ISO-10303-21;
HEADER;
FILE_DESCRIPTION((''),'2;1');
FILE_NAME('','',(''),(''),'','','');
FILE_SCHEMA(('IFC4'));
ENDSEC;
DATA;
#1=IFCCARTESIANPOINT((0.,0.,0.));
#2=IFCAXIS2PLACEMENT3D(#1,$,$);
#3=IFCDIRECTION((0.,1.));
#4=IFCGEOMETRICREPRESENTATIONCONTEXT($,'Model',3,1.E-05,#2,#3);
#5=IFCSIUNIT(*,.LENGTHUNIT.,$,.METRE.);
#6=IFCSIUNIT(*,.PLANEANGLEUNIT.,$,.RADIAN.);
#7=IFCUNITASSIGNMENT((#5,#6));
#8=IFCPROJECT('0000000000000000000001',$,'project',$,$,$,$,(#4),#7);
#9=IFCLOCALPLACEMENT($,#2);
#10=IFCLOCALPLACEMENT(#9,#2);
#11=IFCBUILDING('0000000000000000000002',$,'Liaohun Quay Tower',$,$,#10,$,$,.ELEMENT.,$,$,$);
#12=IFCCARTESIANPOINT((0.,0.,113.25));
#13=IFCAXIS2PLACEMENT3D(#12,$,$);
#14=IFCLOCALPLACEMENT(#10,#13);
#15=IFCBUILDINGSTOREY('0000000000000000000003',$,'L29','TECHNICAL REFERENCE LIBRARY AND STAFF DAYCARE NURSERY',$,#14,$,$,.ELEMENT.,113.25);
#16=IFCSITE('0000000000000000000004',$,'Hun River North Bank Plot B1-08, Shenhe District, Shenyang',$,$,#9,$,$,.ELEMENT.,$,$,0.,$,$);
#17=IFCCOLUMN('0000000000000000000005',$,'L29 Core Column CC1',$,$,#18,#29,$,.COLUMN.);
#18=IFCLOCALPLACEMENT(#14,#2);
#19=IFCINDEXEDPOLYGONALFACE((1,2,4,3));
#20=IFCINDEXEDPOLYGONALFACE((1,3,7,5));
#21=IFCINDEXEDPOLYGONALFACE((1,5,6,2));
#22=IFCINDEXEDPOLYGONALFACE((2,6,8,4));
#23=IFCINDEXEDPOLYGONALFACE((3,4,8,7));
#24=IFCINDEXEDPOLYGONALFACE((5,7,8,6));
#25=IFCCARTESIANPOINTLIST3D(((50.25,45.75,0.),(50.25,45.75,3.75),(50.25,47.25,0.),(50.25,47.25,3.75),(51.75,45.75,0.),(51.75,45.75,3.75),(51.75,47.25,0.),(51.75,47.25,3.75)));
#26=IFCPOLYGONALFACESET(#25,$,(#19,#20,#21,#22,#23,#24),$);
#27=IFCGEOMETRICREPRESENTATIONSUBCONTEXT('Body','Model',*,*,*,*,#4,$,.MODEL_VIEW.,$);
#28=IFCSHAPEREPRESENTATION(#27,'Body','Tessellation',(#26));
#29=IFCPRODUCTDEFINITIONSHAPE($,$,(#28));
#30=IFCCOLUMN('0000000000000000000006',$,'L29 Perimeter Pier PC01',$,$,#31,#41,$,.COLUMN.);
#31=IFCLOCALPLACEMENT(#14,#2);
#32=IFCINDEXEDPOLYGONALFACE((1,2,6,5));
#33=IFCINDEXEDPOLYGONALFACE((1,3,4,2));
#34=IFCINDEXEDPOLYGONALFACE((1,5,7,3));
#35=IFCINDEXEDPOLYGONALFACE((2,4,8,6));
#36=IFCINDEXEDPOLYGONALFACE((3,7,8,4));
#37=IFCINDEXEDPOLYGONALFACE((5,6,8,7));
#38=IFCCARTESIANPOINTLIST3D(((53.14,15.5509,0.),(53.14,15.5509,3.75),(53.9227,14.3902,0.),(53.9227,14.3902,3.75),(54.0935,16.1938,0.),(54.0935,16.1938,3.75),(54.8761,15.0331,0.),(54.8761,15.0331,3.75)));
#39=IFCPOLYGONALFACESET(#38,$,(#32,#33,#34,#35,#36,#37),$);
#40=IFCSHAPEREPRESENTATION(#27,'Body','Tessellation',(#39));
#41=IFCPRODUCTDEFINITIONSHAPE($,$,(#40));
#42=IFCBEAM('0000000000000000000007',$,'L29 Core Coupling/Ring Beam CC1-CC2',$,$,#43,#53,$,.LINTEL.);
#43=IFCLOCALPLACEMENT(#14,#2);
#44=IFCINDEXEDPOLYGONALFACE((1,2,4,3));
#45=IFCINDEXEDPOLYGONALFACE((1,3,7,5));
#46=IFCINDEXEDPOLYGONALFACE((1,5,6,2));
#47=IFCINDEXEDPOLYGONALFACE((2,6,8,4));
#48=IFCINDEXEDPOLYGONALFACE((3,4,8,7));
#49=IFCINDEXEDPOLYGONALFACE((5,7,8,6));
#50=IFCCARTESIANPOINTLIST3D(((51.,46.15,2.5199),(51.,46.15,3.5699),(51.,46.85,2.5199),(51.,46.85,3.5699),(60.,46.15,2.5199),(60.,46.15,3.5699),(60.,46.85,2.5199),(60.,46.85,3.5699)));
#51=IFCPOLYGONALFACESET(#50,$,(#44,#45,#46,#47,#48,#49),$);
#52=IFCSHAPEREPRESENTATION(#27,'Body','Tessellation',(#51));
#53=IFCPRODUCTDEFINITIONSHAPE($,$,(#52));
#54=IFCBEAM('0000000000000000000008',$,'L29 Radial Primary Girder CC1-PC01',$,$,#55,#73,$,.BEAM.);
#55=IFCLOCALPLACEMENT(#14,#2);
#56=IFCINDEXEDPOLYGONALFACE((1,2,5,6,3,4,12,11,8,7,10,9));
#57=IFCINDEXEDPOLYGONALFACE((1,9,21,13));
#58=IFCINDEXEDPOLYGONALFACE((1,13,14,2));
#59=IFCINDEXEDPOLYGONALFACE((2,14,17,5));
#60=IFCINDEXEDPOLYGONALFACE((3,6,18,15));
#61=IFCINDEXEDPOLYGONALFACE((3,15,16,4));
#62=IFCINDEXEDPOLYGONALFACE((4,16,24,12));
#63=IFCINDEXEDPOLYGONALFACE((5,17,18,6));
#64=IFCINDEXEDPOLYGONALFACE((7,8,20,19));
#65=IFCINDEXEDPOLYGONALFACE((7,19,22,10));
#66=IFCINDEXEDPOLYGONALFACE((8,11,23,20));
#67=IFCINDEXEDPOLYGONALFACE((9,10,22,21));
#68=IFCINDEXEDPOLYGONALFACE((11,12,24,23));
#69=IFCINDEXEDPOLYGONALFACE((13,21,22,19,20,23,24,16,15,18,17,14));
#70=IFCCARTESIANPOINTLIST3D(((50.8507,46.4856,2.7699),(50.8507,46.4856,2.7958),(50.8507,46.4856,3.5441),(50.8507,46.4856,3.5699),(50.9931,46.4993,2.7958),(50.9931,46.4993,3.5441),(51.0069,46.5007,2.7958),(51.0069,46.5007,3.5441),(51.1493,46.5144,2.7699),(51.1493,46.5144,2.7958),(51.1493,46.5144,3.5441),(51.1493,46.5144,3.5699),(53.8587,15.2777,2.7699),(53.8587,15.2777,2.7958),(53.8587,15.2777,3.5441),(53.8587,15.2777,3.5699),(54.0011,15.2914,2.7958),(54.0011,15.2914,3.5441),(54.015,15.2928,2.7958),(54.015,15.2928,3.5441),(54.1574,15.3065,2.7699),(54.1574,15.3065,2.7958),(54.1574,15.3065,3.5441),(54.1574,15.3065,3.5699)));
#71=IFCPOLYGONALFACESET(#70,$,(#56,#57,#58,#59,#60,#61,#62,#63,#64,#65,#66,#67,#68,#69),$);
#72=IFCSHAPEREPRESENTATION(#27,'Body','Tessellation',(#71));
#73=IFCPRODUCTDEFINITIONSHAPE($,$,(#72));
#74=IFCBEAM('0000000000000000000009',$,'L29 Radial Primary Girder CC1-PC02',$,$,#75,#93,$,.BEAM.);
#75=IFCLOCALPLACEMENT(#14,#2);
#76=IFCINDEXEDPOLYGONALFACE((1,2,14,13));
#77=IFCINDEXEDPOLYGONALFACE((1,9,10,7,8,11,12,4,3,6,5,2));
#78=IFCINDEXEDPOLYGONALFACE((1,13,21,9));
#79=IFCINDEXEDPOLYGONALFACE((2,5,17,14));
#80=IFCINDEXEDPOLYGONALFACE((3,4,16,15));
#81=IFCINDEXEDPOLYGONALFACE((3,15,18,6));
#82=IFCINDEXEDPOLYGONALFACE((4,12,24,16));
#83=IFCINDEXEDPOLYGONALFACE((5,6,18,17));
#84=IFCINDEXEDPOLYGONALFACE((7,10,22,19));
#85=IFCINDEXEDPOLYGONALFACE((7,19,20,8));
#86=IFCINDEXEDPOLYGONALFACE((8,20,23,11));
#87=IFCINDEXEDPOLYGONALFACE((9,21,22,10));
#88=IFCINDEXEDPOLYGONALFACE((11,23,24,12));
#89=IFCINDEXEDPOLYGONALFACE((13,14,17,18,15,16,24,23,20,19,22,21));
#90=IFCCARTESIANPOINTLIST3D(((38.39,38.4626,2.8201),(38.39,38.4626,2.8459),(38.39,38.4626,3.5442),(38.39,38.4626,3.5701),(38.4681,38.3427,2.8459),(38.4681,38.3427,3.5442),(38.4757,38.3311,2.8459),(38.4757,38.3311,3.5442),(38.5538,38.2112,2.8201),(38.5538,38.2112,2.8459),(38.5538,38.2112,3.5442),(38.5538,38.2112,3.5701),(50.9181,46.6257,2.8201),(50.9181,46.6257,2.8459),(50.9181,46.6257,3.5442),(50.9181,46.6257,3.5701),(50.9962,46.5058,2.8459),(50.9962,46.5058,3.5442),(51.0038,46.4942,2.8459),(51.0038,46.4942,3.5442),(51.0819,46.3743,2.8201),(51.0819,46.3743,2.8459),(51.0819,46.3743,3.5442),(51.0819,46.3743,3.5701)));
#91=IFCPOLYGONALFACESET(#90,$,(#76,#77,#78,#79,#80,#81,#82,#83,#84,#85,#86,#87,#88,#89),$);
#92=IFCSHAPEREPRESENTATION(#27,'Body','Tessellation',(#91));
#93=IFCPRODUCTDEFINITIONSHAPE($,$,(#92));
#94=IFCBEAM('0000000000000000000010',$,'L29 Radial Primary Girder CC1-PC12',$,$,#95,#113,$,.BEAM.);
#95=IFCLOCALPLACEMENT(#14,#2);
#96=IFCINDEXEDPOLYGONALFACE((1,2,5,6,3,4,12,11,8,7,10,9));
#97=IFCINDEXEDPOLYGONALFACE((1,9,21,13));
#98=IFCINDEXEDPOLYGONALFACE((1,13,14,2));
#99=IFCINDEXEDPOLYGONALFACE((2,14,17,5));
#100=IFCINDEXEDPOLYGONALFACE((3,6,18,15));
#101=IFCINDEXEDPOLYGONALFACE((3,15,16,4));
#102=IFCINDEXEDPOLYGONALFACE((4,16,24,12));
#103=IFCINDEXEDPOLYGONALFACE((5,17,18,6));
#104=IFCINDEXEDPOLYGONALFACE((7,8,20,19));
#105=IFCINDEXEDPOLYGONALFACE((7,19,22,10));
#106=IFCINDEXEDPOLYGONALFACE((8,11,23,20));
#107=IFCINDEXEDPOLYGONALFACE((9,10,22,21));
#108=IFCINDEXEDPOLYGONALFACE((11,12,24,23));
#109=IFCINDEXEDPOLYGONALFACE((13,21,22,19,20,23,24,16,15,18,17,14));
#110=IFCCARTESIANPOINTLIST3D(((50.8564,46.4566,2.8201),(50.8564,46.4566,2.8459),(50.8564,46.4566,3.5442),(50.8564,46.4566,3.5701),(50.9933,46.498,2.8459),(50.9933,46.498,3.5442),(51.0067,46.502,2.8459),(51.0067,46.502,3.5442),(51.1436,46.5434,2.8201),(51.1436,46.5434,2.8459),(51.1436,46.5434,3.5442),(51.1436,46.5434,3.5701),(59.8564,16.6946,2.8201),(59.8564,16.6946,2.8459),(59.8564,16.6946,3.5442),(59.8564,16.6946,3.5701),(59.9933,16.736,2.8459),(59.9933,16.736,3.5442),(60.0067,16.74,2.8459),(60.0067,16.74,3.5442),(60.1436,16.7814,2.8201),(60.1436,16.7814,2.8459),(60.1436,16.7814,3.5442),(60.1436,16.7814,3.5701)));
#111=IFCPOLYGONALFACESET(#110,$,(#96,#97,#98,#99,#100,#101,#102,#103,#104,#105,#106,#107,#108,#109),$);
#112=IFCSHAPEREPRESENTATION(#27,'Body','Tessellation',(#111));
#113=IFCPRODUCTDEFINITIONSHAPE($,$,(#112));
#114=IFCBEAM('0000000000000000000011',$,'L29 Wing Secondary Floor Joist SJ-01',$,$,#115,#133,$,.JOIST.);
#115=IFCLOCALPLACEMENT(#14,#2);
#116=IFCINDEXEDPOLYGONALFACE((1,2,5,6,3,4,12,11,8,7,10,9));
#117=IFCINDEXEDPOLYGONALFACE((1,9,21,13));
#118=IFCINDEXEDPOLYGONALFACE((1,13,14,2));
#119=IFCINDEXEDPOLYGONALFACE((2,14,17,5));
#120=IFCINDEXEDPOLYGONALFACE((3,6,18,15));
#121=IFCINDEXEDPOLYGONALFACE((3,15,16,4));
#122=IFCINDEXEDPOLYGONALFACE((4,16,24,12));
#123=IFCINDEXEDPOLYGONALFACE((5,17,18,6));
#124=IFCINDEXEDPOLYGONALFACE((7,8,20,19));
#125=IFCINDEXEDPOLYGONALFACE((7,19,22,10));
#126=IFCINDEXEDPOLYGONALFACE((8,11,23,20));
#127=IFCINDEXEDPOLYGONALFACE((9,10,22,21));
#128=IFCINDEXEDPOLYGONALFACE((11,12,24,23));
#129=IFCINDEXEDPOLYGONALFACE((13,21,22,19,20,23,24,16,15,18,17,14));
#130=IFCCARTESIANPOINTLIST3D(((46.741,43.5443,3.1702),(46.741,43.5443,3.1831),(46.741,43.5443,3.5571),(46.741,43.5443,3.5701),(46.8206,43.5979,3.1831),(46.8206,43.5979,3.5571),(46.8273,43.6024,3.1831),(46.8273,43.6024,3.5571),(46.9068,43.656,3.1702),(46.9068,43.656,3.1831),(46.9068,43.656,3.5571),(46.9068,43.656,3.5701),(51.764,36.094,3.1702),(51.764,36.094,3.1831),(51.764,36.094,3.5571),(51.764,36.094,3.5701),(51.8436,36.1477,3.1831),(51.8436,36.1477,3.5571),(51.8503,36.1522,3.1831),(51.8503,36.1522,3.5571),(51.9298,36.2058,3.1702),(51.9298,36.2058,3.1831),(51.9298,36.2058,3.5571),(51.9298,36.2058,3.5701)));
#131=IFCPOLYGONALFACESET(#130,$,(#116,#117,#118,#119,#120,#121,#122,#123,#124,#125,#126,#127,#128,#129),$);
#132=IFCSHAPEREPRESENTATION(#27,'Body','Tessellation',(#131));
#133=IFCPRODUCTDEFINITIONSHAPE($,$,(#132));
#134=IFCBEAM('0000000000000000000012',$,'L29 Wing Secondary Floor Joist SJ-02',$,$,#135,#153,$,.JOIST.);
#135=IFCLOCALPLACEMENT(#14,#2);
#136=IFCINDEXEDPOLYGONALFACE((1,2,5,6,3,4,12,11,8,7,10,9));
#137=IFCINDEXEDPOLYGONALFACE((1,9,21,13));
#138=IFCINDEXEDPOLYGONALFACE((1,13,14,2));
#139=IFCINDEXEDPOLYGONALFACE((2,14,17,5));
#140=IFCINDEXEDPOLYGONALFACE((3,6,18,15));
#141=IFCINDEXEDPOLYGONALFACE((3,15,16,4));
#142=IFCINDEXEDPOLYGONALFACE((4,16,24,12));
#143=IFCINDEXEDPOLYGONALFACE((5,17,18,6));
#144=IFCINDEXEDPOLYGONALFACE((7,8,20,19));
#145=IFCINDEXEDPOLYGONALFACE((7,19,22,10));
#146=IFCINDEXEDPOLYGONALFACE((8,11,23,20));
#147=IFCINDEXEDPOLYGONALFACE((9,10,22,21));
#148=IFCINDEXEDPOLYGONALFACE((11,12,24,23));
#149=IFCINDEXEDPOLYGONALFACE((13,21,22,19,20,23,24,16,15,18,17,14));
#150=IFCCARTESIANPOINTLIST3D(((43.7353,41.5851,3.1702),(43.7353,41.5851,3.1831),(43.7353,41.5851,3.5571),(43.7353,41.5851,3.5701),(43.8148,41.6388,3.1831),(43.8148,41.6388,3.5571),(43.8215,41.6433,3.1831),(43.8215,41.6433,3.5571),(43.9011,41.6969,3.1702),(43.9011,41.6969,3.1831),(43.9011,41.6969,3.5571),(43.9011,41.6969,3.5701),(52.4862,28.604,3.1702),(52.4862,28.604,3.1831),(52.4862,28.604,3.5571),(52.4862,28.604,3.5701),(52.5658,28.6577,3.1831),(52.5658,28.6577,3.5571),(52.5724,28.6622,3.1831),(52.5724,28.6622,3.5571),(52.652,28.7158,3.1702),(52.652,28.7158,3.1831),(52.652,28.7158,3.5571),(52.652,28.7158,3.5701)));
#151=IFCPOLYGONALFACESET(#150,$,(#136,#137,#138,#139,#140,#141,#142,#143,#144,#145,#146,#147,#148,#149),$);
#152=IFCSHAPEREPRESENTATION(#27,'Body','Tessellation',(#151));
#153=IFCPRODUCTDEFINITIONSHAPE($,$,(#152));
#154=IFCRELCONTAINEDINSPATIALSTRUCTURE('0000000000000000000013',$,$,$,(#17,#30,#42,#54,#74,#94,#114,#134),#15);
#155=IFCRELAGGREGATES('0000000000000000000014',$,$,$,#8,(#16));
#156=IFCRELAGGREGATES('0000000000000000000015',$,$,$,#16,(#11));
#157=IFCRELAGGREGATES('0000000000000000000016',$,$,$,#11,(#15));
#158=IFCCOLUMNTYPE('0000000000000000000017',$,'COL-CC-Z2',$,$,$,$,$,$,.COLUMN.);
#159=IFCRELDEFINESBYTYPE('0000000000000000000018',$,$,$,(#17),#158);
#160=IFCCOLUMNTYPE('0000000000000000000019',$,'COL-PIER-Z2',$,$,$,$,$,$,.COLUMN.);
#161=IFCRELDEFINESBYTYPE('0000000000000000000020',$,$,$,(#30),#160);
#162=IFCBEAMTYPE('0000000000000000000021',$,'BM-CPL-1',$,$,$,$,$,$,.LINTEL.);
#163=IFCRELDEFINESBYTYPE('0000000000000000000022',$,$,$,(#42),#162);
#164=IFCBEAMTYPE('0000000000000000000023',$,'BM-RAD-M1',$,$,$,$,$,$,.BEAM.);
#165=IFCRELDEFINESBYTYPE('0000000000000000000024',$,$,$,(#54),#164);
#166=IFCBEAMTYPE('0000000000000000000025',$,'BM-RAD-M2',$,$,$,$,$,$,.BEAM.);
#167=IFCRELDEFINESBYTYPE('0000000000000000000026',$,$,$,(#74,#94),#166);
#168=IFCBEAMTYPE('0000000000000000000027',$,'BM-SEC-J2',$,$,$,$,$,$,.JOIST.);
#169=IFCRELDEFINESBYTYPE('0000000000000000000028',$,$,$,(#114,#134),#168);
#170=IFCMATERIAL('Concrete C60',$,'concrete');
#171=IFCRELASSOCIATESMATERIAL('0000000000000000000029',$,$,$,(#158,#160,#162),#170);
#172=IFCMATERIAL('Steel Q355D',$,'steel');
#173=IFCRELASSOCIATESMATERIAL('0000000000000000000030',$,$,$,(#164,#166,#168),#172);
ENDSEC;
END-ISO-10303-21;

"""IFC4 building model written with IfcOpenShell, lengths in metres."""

from ifc_helpers import new_model, si_unit, direction, frame, origin, origin_2d, place, context, subcontext, project, spatial, rectangle, i_section, extrude, source, transform, mapped, material, material_profile, profile_set, type_object, element, save


model = new_model("IFC4")

# Units and contexts
model_context = context("Model", 3, precision=1e-05, world=origin(), true_north=direction((0.0, 1.0)))
body_context = subcontext(model_context, "Body", "Model", "MODEL_VIEW")
ifc_project = project(units=[si_unit("LENGTHUNIT", "METRE"), si_unit("PLANEANGLEUNIT", "RADIAN")], contexts=[model_context])

# Site, building, storey
site_placement = place(None, origin())
site = spatial("IfcSite", under=ifc_project, at=site_placement, Name="Hun River North Bank Plot B1-08, Shenhe District, Shenyang", CompositionType="ELEMENT", RefElevation=0.0)
building_placement = place(site_placement, origin())
building = spatial("IfcBuilding", under=site, at=building_placement, Name="Liaohun Quay Tower", CompositionType="ELEMENT")
storey_placement = place(building_placement, frame((0.0, 0.0, 113.25)))
storey = spatial("IfcBuildingStorey", under=building, at=storey_placement, Name="L29", Description="TECHNICAL REFERENCE LIBRARY AND STAFF DAYCARE NURSERY", CompositionType="ELEMENT", Elevation=113.25)

# Columns
ifc_material_1 = material(Name="Concrete C60", Category="concrete")
ifc_material_profile_1 = material_profile(ifc_material_1, rectangle(XDim=1.5, YDim=1.5, at=origin_2d()), Name="RC1500x1500")
ifc_profile_set_1 = profile_set([ifc_material_profile_1], Name="Concrete C60")
column_type_1 = type_object("IfcColumnType", Name="COL-CC-Z2", PredefinedType="COLUMN", material=ifc_profile_set_1)
shared_shape_1 = source(origin(), body_context, "Body", "SweptSolid", [
    extrude(rectangle(XDim=1.5, YDim=1.5, at=origin_2d()), origin(), (0.0, 0.0, 1.0), 3.75),
])
column_1_placement = place(storey_placement, frame((51.0, 46.5, 0.0), z_axis=(0.0, 0.0, 1.0), x_axis=(1.0, 0.0, 0.0)))
element("IfcColumn", 1, at=column_1_placement, inside=storey, type_object=column_type_1, Name="L29 Core Column CC1", PredefinedType="COLUMN", context=body_context, shape_type="MappedRepresentation", body=[
    mapped(shared_shape_1, transform((0.0, 0.0, 0.0), x_axis=(1.0, 0.0, 0.0), y_axis=(0.0, 1.0, 0.0), z_axis=(0.0, 0.0, 1.0), scale=1.0)),
])
ifc_material_profile_2 = material_profile(ifc_material_1, rectangle(XDim=1.3999, YDim=1.1499, at=origin_2d()), Name="RC1400x1150")
ifc_profile_set_2 = profile_set([ifc_material_profile_2], Name="Concrete C60")
column_type_2 = type_object("IfcColumnType", Name="COL-PIER-Z2", PredefinedType="COLUMN", material=ifc_profile_set_2)
shared_shape_2 = source(origin(), body_context, "Body", "SweptSolid", [
    extrude(rectangle(XDim=1.3999, YDim=1.1499, at=origin_2d()), origin(), (0.0, 0.0, 1.0), 3.75),
])
column_2_placement = place(storey_placement, frame((54.0081, 15.292, 0.0), z_axis=(0.0, 0.0, 1.0), x_axis=(-0.559048, 0.829135, 0.0)))
element("IfcColumn", 2, at=column_2_placement, inside=storey, type_object=column_type_2, Name="L29 Perimeter Pier PC01", PredefinedType="COLUMN", context=body_context, shape_type="MappedRepresentation", body=[
    mapped(shared_shape_2, transform((0.0, 0.0, 0.0), x_axis=(1.0, 0.0, 0.0), y_axis=(0.0, 1.0, 0.0), z_axis=(0.0, 0.0, 1.0), scale=1.0)),
])

# Beams
ifc_material_profile_3 = material_profile(ifc_material_1, rectangle(XDim=0.7, YDim=1.05, at=origin_2d()), Name="RC700x1050")
ifc_profile_set_3 = profile_set([ifc_material_profile_3], Name="Concrete C60")
beam_type_1 = type_object("IfcBeamType", Name="BM-CPL-1", PredefinedType="LINTEL", material=ifc_profile_set_3)
shared_shape_3 = source(origin(), body_context, "Body", "SweptSolid", [
    extrude(rectangle(XDim=0.7, YDim=1.05, at=origin_2d()), origin(), (0.0, 0.0, 1.0), 9.0),
])
beam_1_placement = place(storey_placement, frame((51.0, 46.5, 3.0449), z_axis=(1.0, 0.0, 0.0), x_axis=(0.0, 1.0, 0.0)))
element("IfcBeam", 3, at=beam_1_placement, inside=storey, type_object=beam_type_1, Name="L29 Core Coupling/Ring Beam CC1-CC2", PredefinedType="LINTEL", context=body_context, shape_type="MappedRepresentation", body=[
    mapped(shared_shape_3, transform((0.0, 0.0, 0.0), x_axis=(1.0, 0.0, 0.0), y_axis=(0.0, 1.0, 0.0), z_axis=(0.0, 0.0, 1.0), scale=1.0)),
])
ifc_material_2 = material(Name="Steel Q355D", Category="steel")
ifc_material_profile_4 = material_profile(ifc_material_2, i_section(OverallWidth=0.3, OverallDepth=0.8, WebThickness=0.0139, FlangeThickness=0.0259, at=origin_2d()), Name="HN800x300x14x26")
ifc_profile_set_4 = profile_set([ifc_material_profile_4], Name="Steel Q355D")
beam_type_2 = type_object("IfcBeamType", Name="BM-RAD-M1", PredefinedType="BEAM", material=ifc_profile_set_4)
shared_shape_4 = source(origin(), body_context, "Body", "SweptSolid", [
    extrude(i_section(OverallWidth=0.3, OverallDepth=0.8, WebThickness=0.0139, FlangeThickness=0.0259, at=origin_2d()), origin(), (0.0, 0.0, 1.0), 31.3525),
])
beam_2_placement = place(storey_placement, frame((51.0, 46.5, 3.1699), z_axis=(0.095943, -0.995387, 0.0), x_axis=(0.995387, 0.095943, 0.0)))
element("IfcBeam", 4, at=beam_2_placement, inside=storey, type_object=beam_type_2, Name="L29 Radial Primary Girder CC1-PC01", PredefinedType="BEAM", context=body_context, shape_type="MappedRepresentation", body=[
    mapped(shared_shape_4, transform((0.0, 0.0, 0.0), x_axis=(1.0, 0.0, 0.0), y_axis=(0.0, 1.0, 0.0), z_axis=(0.0, 0.0, 1.0), scale=1.0)),
])
ifc_material_profile_5 = material_profile(ifc_material_2, i_section(OverallWidth=0.3, OverallDepth=0.75, WebThickness=0.0139, FlangeThickness=0.0259, at=origin_2d()), Name="HN750x300x14x26")
ifc_profile_set_5 = profile_set([ifc_material_profile_5], Name="Steel Q355D")
beam_type_3 = type_object("IfcBeamType", Name="BM-RAD-M2", PredefinedType="BEAM", material=ifc_profile_set_5)
shared_shape_5 = source(origin(), body_context, "Body", "SweptSolid", [
    extrude(i_section(OverallWidth=0.3, OverallDepth=0.75, WebThickness=0.0139, FlangeThickness=0.0259, at=origin_2d()), origin(), (0.0, 0.0, 1.0), 14.9529),
])
beam_3_placement = place(storey_placement, frame((51.0, 46.5, 3.1951), z_axis=(-0.837837, -0.545921, 0.0), x_axis=(0.545921, -0.837837, 0.0)))
element("IfcBeam", 5, at=beam_3_placement, inside=storey, type_object=beam_type_3, Name="L29 Radial Primary Girder CC1-PC02", PredefinedType="BEAM", context=body_context, shape_type="MappedRepresentation", body=[
    mapped(shared_shape_5, transform((0.0, 0.0, 0.0), x_axis=(1.0, 0.0, 0.0), y_axis=(0.0, 1.0, 0.0), z_axis=(0.0, 0.0, 1.0), scale=1.0)),
])
shared_shape_6 = source(origin(), body_context, "Body", "SweptSolid", [
    extrude(i_section(OverallWidth=0.3, OverallDepth=0.75, WebThickness=0.0139, FlangeThickness=0.0259, at=origin_2d()), origin(), (0.0, 0.0, 1.0), 31.093),
])
beam_4_placement = place(storey_placement, frame((51.0, 46.5, 3.1951), z_axis=(0.289454, -0.957192, 0.0), x_axis=(0.957192, 0.289454, 0.0)))
element("IfcBeam", 6, at=beam_4_placement, inside=storey, type_object=beam_type_3, Name="L29 Radial Primary Girder CC1-PC12", PredefinedType="BEAM", context=body_context, shape_type="MappedRepresentation", body=[
    mapped(shared_shape_6, transform((0.0, 0.0, 0.0), x_axis=(1.0, 0.0, 0.0), y_axis=(0.0, 1.0, 0.0), z_axis=(0.0, 0.0, 1.0), scale=1.0)),
])
ifc_material_profile_6 = material_profile(ifc_material_2, i_section(OverallWidth=0.2, OverallDepth=0.3999, WebThickness=0.0081, FlangeThickness=0.0129, at=origin_2d()), Name="HN400x200x8x13")
ifc_profile_set_6 = profile_set([ifc_material_profile_6], Name="Steel Q355D")
beam_type_4 = type_object("IfcBeamType", Name="BM-SEC-J2", PredefinedType="JOIST", material=ifc_profile_set_6)
shared_shape_7 = source(origin(), body_context, "Body", "SweptSolid", [
    extrude(i_section(OverallWidth=0.2, OverallDepth=0.3999, WebThickness=0.0081, FlangeThickness=0.0129, at=origin_2d()), origin(), (0.0, 0.0, 1.0), 8.9854),
])
beam_5_placement = place(storey_placement, frame((51.8469, 36.1499, 3.3701), z_axis=(-0.559019, 0.829155, 0.0), x_axis=(-0.829155, -0.559019, 0.0)))
element("IfcBeam", 7, at=beam_5_placement, inside=storey, type_object=beam_type_4, Name="L29 Wing Secondary Floor Joist SJ-01", PredefinedType="JOIST", context=body_context, shape_type="MappedRepresentation", body=[
    mapped(shared_shape_7, transform((0.0, 0.0, 0.0), x_axis=(1.0, 0.0, 0.0), y_axis=(0.0, 1.0, 0.0), z_axis=(0.0, 0.0, 1.0), scale=1.0)),
])
shared_shape_8 = source(origin(), body_context, "Body", "SweptSolid", [
    extrude(i_section(OverallWidth=0.2, OverallDepth=0.3999, WebThickness=0.0081, FlangeThickness=0.0129, at=origin_2d()), origin(), (0.0, 0.0, 1.0), 15.6553),
])
beam_6_placement = place(storey_placement, frame((52.5691, 28.6599, 3.3701), z_axis=(-0.558975, 0.829184, 0.0), x_axis=(-0.829184, -0.558975, 0.0)))
element("IfcBeam", 8, at=beam_6_placement, inside=storey, type_object=beam_type_4, Name="L29 Wing Secondary Floor Joist SJ-02", PredefinedType="JOIST", context=body_context, shape_type="MappedRepresentation", body=[
    mapped(shared_shape_8, transform((0.0, 0.0, 0.0), x_axis=(1.0, 0.0, 0.0), y_axis=(0.0, 1.0, 0.0), z_axis=(0.0, 0.0, 1.0), scale=1.0)),
])

save(model, "model.ifc")
